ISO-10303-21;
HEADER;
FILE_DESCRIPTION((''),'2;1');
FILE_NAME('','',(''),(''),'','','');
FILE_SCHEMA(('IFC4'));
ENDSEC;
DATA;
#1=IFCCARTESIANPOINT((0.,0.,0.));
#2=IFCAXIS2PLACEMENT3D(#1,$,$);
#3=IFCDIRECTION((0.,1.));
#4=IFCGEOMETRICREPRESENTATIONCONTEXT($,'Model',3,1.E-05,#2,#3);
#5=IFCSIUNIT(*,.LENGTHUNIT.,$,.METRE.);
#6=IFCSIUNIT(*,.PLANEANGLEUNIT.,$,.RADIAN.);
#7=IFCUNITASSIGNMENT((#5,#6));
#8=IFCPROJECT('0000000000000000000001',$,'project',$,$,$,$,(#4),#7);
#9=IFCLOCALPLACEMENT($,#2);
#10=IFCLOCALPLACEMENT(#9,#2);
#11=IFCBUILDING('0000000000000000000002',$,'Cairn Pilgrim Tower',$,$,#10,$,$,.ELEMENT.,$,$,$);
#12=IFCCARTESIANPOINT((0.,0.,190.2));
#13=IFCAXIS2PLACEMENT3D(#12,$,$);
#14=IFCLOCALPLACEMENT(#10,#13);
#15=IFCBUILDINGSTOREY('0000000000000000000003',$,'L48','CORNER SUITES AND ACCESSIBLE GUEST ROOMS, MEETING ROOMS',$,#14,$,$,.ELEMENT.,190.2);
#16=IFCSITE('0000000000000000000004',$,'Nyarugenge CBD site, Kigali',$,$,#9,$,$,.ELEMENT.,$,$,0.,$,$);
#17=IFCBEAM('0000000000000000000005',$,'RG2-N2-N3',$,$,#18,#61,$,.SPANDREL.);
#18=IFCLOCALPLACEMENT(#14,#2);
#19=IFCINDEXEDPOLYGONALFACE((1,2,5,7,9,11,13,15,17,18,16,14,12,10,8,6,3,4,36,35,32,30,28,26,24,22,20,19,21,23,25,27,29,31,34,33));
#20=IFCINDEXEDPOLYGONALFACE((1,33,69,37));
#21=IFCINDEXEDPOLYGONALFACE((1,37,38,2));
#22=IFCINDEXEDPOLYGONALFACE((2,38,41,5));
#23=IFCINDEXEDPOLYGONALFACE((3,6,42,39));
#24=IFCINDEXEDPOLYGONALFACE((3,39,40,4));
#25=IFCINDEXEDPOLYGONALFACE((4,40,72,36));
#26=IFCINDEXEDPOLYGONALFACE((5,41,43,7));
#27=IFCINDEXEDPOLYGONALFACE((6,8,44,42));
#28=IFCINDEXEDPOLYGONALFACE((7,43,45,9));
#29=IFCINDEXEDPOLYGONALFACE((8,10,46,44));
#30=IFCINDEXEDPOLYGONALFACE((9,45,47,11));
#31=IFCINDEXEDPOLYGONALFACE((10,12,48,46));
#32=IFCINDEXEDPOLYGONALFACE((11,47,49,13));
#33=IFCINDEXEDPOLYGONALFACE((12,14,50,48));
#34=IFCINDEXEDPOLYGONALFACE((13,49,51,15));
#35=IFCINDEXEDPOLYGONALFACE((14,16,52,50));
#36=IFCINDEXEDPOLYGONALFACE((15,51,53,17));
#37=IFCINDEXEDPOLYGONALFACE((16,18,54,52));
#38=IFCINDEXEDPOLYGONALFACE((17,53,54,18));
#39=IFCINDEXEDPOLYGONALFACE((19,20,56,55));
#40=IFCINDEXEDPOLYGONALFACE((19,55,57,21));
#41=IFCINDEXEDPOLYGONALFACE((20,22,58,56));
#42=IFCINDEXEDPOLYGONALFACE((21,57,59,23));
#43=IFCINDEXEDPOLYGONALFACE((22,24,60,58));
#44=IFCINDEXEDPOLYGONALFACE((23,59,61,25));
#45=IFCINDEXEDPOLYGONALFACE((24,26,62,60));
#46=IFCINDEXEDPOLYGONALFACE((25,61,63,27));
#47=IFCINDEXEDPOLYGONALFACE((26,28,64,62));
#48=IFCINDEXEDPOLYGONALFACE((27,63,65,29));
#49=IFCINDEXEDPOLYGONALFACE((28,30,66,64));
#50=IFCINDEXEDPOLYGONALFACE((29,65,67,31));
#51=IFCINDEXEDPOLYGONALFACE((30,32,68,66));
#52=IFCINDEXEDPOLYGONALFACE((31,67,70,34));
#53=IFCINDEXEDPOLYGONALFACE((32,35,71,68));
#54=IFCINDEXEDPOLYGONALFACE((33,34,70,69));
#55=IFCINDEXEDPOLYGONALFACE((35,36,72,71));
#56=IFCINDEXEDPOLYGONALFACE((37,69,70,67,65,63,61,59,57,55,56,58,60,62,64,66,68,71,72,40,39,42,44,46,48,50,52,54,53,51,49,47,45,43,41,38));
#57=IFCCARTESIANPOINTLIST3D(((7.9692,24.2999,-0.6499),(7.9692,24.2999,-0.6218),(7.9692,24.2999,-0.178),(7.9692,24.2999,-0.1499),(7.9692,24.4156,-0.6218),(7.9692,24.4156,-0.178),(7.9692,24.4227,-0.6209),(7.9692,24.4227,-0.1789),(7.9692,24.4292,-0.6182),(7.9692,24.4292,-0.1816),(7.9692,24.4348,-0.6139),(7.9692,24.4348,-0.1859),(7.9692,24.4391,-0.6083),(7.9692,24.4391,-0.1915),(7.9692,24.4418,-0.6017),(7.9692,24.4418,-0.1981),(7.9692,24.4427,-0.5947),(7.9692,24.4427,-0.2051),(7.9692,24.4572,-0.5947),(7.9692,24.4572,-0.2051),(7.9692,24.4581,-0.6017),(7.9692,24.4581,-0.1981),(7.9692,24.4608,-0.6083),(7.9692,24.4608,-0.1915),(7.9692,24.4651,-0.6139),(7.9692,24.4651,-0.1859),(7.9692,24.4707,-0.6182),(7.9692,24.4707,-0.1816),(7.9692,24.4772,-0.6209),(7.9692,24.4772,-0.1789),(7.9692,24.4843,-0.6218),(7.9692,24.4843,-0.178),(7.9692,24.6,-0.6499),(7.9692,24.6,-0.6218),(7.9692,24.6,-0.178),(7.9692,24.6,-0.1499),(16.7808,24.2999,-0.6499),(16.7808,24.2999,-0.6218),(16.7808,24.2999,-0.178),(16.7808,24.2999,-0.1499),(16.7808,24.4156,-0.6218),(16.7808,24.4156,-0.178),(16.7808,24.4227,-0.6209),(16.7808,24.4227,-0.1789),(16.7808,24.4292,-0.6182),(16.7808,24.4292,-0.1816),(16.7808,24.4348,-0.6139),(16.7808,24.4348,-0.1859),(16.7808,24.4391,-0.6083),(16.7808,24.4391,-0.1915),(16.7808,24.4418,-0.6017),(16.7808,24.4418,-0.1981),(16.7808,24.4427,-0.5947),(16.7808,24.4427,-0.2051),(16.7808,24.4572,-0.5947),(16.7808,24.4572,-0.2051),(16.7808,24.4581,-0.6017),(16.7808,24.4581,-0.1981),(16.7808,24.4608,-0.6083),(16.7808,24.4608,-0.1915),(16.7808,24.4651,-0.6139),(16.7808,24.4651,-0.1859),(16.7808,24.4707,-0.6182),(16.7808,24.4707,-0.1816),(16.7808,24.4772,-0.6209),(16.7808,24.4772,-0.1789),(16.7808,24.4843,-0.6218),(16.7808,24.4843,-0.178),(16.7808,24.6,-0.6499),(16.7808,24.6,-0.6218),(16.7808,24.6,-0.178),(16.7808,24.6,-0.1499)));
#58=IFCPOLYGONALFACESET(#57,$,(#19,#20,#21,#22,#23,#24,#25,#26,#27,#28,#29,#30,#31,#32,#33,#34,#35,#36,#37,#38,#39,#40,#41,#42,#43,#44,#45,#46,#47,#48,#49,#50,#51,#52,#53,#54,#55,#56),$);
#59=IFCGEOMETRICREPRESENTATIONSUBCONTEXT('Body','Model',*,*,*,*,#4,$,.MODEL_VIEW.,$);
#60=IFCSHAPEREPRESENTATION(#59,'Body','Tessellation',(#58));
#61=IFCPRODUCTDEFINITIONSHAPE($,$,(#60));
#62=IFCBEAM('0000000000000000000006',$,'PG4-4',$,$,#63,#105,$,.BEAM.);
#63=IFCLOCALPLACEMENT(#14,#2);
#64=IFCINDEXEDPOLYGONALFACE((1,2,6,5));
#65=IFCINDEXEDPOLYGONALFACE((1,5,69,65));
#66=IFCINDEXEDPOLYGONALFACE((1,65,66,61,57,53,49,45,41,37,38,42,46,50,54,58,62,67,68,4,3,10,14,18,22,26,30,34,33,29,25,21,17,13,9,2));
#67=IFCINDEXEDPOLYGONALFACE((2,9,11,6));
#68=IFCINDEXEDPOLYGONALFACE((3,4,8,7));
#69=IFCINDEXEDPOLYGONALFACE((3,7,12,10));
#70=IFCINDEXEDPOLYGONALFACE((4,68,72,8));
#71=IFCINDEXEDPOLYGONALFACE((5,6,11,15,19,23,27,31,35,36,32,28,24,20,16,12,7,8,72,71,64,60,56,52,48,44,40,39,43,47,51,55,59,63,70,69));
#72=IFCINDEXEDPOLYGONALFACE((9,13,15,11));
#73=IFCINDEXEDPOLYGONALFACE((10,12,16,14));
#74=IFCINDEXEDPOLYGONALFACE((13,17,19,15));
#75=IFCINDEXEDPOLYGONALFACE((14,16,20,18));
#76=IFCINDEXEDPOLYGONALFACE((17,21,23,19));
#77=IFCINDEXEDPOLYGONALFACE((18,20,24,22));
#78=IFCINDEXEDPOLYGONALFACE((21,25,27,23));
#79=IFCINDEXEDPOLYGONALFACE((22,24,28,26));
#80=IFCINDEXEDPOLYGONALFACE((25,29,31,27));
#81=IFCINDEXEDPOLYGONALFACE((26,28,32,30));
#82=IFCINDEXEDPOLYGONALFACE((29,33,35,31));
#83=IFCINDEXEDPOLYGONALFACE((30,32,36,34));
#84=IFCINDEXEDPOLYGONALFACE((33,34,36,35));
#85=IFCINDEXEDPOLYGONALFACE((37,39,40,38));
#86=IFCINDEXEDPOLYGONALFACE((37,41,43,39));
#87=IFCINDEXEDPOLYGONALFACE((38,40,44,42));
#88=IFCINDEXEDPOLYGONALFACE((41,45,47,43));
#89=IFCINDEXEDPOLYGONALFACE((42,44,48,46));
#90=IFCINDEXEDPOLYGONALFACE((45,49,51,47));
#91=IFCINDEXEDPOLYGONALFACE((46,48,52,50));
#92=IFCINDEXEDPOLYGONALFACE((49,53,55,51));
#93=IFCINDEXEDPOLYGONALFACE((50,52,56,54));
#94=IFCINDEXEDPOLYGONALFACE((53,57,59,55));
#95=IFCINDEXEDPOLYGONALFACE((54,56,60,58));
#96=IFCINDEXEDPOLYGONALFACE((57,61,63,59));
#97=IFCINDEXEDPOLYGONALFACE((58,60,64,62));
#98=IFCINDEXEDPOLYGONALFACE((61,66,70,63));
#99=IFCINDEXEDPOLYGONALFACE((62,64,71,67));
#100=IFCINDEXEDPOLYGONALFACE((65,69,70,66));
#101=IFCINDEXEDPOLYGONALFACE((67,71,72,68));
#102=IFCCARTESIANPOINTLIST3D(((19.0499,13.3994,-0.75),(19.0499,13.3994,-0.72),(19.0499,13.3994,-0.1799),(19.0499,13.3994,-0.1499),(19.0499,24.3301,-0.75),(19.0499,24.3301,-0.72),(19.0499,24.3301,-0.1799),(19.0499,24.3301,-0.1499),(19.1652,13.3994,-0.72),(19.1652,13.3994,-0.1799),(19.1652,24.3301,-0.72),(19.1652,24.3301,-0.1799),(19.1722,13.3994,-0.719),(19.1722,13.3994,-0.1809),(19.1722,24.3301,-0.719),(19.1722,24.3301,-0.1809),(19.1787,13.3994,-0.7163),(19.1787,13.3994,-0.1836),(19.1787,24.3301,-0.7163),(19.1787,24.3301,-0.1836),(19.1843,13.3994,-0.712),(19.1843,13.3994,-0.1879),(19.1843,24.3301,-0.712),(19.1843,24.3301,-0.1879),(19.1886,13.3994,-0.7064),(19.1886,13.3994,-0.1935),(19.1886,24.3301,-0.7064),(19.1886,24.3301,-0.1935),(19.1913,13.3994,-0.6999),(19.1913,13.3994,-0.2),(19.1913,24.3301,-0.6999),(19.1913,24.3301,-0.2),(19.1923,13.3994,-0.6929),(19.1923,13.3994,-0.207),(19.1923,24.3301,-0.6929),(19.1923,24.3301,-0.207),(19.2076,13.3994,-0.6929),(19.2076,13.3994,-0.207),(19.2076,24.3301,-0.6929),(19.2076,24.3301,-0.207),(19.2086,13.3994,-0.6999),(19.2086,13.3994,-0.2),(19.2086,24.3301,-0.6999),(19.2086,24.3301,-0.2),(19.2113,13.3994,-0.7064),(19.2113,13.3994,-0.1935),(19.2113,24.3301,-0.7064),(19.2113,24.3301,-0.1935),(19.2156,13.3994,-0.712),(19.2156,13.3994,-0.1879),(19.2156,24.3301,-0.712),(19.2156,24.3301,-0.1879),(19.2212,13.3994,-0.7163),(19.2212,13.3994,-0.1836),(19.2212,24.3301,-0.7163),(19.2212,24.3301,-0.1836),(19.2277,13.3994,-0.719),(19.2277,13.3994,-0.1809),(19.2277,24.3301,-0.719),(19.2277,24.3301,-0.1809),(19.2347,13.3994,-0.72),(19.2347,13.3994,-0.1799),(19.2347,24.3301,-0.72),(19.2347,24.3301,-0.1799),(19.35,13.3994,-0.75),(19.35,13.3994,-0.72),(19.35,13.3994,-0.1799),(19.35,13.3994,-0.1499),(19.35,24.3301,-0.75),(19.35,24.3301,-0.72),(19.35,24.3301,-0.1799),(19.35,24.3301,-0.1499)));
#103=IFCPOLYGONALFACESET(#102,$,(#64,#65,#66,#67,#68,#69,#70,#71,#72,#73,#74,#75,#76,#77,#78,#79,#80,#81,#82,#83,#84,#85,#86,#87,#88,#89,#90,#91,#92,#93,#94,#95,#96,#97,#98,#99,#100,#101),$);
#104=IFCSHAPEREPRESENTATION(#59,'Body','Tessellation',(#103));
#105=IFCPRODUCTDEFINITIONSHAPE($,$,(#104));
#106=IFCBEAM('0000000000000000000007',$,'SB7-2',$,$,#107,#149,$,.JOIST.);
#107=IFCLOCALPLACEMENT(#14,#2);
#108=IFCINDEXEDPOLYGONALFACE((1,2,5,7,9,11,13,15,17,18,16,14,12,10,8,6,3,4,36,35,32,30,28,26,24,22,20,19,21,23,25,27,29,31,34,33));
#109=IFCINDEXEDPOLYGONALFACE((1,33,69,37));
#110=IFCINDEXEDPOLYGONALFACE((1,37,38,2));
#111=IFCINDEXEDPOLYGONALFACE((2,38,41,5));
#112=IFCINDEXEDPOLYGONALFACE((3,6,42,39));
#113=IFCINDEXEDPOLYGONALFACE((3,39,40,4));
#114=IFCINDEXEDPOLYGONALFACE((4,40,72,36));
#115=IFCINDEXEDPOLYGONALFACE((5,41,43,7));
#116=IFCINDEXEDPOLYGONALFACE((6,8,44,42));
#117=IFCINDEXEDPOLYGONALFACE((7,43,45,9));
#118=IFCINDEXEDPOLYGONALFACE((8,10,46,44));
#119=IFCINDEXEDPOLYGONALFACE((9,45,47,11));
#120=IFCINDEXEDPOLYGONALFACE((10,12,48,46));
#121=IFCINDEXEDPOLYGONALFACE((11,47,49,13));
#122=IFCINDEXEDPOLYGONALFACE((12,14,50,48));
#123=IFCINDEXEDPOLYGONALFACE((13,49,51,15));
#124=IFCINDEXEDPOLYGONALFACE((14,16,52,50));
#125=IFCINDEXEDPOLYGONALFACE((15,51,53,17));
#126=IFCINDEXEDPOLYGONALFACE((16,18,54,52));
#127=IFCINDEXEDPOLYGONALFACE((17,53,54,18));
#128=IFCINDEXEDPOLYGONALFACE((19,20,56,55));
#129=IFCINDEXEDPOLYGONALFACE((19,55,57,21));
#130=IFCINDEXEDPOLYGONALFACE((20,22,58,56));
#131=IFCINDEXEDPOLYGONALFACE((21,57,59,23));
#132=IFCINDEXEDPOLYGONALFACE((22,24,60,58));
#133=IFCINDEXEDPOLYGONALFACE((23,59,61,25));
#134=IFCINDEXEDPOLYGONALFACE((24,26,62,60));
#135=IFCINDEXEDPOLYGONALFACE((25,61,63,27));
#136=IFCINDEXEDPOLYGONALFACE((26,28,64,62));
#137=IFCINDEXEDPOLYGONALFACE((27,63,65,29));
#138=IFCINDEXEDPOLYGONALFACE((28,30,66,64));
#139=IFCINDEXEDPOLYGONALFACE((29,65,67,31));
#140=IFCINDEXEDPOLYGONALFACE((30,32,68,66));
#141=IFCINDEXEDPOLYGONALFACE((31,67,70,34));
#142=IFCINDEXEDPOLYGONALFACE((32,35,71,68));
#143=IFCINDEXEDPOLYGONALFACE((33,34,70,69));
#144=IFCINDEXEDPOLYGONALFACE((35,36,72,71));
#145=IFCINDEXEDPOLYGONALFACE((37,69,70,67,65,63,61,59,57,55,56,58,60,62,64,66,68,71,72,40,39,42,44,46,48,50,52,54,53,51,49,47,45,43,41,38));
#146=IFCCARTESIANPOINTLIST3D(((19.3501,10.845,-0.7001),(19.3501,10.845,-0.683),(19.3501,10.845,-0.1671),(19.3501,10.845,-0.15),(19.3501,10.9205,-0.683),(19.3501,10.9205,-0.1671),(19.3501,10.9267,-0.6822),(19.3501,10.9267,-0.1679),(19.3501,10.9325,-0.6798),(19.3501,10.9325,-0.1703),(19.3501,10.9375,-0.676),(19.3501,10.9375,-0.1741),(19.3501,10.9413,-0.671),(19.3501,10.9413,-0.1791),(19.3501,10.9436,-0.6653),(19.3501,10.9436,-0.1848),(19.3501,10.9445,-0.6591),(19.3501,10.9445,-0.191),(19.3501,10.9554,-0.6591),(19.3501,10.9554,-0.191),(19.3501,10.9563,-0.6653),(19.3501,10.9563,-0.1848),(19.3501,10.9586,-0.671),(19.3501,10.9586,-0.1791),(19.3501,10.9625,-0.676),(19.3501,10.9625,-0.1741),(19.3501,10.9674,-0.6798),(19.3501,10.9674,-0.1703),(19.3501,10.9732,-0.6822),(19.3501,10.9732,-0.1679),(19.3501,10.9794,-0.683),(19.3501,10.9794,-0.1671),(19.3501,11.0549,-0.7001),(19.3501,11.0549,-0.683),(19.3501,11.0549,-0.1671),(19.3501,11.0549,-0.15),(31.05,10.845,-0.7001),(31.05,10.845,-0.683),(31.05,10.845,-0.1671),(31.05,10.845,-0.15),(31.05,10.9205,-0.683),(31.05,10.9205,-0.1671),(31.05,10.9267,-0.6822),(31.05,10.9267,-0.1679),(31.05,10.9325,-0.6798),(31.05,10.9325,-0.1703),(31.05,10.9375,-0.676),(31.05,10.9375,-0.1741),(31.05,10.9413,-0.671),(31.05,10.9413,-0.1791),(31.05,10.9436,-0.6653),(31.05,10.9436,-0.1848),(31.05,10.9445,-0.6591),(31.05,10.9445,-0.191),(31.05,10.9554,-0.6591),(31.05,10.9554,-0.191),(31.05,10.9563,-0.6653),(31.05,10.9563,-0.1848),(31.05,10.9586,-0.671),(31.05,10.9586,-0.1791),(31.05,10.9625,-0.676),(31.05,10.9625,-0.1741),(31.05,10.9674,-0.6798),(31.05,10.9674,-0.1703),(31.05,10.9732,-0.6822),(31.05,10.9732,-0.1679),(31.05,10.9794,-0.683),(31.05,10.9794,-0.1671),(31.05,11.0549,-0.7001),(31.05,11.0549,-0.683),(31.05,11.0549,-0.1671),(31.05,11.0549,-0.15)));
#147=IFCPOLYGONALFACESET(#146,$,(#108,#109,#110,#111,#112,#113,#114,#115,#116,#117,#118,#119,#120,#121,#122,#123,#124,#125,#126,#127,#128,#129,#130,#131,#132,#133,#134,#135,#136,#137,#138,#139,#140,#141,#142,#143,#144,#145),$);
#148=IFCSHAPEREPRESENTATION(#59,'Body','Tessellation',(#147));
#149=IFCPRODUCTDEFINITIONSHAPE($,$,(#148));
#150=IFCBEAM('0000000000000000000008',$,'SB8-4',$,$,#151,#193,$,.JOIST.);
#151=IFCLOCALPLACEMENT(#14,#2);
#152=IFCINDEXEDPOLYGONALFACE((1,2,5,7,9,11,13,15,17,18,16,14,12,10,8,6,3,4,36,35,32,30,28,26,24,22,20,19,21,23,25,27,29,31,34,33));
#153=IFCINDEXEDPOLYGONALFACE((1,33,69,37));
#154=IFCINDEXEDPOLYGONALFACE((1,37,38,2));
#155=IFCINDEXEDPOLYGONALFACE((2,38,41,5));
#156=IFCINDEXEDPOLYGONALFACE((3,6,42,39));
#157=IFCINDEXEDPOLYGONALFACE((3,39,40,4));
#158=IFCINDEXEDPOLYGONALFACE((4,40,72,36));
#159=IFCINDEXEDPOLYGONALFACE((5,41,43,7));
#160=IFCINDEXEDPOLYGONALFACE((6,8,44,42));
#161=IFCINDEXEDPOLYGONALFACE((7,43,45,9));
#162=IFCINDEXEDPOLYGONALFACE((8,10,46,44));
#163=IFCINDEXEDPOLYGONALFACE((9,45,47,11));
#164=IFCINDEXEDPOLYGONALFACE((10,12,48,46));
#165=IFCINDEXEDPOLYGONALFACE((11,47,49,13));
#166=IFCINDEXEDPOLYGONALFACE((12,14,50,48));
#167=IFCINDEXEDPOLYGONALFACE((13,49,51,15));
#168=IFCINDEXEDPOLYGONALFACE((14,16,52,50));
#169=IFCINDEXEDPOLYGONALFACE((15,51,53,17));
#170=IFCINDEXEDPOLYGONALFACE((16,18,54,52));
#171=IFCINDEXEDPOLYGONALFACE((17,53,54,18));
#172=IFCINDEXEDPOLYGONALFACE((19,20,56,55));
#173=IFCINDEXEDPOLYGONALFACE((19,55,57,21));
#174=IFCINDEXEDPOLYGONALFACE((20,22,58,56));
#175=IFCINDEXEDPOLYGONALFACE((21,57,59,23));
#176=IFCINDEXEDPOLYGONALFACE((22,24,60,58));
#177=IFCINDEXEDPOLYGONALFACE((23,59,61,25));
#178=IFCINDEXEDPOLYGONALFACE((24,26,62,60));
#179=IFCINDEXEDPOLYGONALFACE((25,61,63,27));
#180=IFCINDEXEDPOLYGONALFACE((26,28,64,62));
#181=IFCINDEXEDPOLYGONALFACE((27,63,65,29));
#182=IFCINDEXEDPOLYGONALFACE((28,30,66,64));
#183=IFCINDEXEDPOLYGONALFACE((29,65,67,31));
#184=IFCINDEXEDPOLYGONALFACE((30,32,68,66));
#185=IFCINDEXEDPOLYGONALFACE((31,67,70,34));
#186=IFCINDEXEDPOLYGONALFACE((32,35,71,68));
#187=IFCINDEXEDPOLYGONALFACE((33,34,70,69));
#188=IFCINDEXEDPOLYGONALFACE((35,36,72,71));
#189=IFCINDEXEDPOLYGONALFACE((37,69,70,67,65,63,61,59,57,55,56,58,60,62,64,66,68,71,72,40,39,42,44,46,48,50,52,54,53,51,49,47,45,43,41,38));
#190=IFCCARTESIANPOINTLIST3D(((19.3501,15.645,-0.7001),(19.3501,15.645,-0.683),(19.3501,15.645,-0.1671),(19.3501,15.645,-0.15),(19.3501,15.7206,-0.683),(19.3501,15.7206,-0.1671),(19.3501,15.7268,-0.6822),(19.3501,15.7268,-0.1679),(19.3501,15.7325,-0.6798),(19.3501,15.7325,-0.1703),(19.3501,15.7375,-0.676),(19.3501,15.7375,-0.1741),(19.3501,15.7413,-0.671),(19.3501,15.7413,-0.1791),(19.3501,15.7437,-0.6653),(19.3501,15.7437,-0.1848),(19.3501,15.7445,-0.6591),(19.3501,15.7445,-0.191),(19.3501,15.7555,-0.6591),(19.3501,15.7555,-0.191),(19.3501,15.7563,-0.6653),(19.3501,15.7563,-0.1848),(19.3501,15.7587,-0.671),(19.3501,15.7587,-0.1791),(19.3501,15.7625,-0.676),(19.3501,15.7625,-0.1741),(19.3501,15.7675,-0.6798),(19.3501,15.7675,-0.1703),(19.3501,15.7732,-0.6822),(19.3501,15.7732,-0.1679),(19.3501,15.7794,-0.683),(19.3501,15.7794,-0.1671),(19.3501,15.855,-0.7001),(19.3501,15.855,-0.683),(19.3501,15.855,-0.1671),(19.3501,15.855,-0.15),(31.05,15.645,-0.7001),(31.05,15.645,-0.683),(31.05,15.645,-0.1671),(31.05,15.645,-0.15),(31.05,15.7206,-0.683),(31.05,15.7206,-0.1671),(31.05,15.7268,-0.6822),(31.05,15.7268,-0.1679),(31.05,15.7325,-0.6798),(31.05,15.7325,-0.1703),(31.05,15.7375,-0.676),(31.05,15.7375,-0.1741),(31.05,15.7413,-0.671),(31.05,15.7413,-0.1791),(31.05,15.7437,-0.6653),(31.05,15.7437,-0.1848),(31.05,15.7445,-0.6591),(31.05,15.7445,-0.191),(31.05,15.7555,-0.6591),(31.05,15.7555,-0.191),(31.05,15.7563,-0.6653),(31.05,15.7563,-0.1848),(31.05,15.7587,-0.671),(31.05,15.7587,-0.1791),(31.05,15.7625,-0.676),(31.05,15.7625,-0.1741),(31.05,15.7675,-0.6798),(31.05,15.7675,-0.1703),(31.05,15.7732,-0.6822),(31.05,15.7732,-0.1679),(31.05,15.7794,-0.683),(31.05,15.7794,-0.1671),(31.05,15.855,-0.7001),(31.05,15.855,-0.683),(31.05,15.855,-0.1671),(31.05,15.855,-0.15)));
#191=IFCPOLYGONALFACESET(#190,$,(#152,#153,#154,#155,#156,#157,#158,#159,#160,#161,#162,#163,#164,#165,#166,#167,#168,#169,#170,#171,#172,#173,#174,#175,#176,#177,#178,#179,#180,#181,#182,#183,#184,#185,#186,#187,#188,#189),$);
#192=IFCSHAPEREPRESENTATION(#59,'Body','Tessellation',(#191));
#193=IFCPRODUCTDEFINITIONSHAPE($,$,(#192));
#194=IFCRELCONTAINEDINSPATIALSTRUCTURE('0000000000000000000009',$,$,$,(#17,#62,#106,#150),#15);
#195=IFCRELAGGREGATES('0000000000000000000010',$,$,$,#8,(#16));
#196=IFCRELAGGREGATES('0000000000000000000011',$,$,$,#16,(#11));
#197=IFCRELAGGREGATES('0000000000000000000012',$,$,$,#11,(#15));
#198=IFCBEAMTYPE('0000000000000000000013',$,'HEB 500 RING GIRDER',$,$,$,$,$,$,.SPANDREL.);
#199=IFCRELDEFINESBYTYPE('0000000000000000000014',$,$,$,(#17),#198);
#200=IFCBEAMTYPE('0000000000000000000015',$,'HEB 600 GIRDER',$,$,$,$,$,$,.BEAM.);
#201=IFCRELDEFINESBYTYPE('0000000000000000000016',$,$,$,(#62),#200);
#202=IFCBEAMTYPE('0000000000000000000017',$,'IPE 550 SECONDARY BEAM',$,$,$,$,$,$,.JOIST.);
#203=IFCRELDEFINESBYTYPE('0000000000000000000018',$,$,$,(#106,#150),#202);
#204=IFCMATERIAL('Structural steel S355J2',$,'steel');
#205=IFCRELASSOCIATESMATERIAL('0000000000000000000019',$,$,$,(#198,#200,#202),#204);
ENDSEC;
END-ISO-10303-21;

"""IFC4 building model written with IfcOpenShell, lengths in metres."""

from ifc_helpers import new_model, si_unit, direction, frame, origin, origin_2d, place, context, subcontext, project, spatial, i_section, extrude, material, material_profile, profile_set, type_object, element, save


model = new_model("IFC4")

# Units and contexts
model_context = context("Model", 3, precision=1e-05, world=origin(), true_north=direction((0.0, 1.0)))
body_context = subcontext(model_context, "Body", "Model", "MODEL_VIEW")
ifc_project = project(units=[si_unit("LENGTHUNIT", "METRE"), si_unit("PLANEANGLEUNIT", "RADIAN")], contexts=[model_context])

# Site, building, storey
site_placement = place(None, origin())
site = spatial("IfcSite", under=ifc_project, at=site_placement, Name="Nyarugenge CBD site, Kigali", CompositionType="ELEMENT", RefElevation=0.0)
building_placement = place(site_placement, origin())
building = spatial("IfcBuilding", under=site, at=building_placement, Name="Cairn Pilgrim Tower", CompositionType="ELEMENT")
storey_placement = place(building_placement, frame((0.0, 0.0, 190.2)))
storey = spatial("IfcBuildingStorey", under=building, at=storey_placement, Name="L48", Description="CORNER SUITES AND ACCESSIBLE GUEST ROOMS, MEETING ROOMS", CompositionType="ELEMENT", Elevation=190.2)

# Shared definitions
ifc_material_1 = material(Name="Structural steel S355J2", Category="steel")

# Beams
ifc_material_profile_1 = material_profile(ifc_material_1, i_section(OverallWidth=0.3, OverallDepth=0.5, WebThickness=0.0144, FlangeThickness=0.0281, FilletRadius=0.0271, at=origin_2d()), Name="HEB 500")
ifc_profile_set_1 = profile_set([ifc_material_profile_1], Name="Structural steel S355J2")
beam_type_1 = type_object("IfcBeamType", Name="HEB 500 RING GIRDER", PredefinedType="SPANDREL", material=ifc_profile_set_1)
beam_1_placement = place(storey_placement, frame((16.7808, 24.45, -0.3999), z_axis=(-1.0, 0.0, 0.0), x_axis=(0.0, -1.0, 0.0)))
element("IfcBeam", 1, at=beam_1_placement, inside=storey, type_object=beam_type_1, Name="RG2-N2-N3", PredefinedType="SPANDREL", context=body_context, shape_type="SweptSolid", body=[
    extrude(i_section(OverallWidth=0.3, OverallDepth=0.5, WebThickness=0.0144, FlangeThickness=0.0281, FilletRadius=0.0271, at=origin_2d()), origin(), (0.0, 0.0, 1.0), 8.8115),
])
ifc_material_profile_2 = material_profile(ifc_material_1, i_section(OverallWidth=0.3, OverallDepth=0.6001, WebThickness=0.0154, FlangeThickness=0.03, FilletRadius=0.0271, at=origin_2d()), Name="HEB 600")
ifc_profile_set_2 = profile_set([ifc_material_profile_2], Name="Structural steel S355J2")
beam_type_2 = type_object("IfcBeamType", Name="HEB 600 GIRDER", PredefinedType="BEAM", material=ifc_profile_set_2)
beam_2_placement = place(storey_placement, frame((19.2, 13.3994, -0.45), z_axis=(0.0, 1.0, 0.0), x_axis=(-1.0, 0.0, 0.0)))
element("IfcBeam", 2, at=beam_2_placement, inside=storey, type_object=beam_type_2, Name="PG4-4", PredefinedType="BEAM", context=body_context, shape_type="SweptSolid", body=[
    extrude(i_section(OverallWidth=0.3, OverallDepth=0.6001, WebThickness=0.0154, FlangeThickness=0.03, FilletRadius=0.0271, at=origin_2d()), origin(), (0.0, 0.0, 1.0), 10.9307),
])
ifc_material_profile_3 = material_profile(ifc_material_1, i_section(OverallWidth=0.21, OverallDepth=0.55, WebThickness=0.011, FlangeThickness=0.0171, FilletRadius=0.0239, at=origin_2d()), Name="IPE 550")
ifc_profile_set_3 = profile_set([ifc_material_profile_3], Name="Structural steel S355J2")
beam_type_3 = type_object("IfcBeamType", Name="IPE 550 SECONDARY BEAM", PredefinedType="JOIST", material=ifc_profile_set_3)
for number, where, z_axis, x_axis, name in (
    (3, (19.3501, 10.95, -0.425), (1.0, 0.0, 0.0), (0.0, 1.0, 0.0), "SB7-2"),
    (4, (19.3501, 15.75, -0.425), (1.0, 0.0, 0.0), (0.0, 1.0, 0.0), "SB8-4"),
):
    element("IfcBeam", number, at=place(storey_placement, frame(where, z_axis=z_axis, x_axis=x_axis)), inside=storey, type_object=beam_type_3, Name=name, PredefinedType="JOIST", context=body_context, shape_type="SweptSolid", body=[
        extrude(i_section(OverallWidth=0.21, OverallDepth=0.55, WebThickness=0.011, FlangeThickness=0.0171, FilletRadius=0.0239, at=origin_2d()), origin(), (0.0, 0.0, 1.0), 11.7),
    ])

save(model, "model.ifc")
